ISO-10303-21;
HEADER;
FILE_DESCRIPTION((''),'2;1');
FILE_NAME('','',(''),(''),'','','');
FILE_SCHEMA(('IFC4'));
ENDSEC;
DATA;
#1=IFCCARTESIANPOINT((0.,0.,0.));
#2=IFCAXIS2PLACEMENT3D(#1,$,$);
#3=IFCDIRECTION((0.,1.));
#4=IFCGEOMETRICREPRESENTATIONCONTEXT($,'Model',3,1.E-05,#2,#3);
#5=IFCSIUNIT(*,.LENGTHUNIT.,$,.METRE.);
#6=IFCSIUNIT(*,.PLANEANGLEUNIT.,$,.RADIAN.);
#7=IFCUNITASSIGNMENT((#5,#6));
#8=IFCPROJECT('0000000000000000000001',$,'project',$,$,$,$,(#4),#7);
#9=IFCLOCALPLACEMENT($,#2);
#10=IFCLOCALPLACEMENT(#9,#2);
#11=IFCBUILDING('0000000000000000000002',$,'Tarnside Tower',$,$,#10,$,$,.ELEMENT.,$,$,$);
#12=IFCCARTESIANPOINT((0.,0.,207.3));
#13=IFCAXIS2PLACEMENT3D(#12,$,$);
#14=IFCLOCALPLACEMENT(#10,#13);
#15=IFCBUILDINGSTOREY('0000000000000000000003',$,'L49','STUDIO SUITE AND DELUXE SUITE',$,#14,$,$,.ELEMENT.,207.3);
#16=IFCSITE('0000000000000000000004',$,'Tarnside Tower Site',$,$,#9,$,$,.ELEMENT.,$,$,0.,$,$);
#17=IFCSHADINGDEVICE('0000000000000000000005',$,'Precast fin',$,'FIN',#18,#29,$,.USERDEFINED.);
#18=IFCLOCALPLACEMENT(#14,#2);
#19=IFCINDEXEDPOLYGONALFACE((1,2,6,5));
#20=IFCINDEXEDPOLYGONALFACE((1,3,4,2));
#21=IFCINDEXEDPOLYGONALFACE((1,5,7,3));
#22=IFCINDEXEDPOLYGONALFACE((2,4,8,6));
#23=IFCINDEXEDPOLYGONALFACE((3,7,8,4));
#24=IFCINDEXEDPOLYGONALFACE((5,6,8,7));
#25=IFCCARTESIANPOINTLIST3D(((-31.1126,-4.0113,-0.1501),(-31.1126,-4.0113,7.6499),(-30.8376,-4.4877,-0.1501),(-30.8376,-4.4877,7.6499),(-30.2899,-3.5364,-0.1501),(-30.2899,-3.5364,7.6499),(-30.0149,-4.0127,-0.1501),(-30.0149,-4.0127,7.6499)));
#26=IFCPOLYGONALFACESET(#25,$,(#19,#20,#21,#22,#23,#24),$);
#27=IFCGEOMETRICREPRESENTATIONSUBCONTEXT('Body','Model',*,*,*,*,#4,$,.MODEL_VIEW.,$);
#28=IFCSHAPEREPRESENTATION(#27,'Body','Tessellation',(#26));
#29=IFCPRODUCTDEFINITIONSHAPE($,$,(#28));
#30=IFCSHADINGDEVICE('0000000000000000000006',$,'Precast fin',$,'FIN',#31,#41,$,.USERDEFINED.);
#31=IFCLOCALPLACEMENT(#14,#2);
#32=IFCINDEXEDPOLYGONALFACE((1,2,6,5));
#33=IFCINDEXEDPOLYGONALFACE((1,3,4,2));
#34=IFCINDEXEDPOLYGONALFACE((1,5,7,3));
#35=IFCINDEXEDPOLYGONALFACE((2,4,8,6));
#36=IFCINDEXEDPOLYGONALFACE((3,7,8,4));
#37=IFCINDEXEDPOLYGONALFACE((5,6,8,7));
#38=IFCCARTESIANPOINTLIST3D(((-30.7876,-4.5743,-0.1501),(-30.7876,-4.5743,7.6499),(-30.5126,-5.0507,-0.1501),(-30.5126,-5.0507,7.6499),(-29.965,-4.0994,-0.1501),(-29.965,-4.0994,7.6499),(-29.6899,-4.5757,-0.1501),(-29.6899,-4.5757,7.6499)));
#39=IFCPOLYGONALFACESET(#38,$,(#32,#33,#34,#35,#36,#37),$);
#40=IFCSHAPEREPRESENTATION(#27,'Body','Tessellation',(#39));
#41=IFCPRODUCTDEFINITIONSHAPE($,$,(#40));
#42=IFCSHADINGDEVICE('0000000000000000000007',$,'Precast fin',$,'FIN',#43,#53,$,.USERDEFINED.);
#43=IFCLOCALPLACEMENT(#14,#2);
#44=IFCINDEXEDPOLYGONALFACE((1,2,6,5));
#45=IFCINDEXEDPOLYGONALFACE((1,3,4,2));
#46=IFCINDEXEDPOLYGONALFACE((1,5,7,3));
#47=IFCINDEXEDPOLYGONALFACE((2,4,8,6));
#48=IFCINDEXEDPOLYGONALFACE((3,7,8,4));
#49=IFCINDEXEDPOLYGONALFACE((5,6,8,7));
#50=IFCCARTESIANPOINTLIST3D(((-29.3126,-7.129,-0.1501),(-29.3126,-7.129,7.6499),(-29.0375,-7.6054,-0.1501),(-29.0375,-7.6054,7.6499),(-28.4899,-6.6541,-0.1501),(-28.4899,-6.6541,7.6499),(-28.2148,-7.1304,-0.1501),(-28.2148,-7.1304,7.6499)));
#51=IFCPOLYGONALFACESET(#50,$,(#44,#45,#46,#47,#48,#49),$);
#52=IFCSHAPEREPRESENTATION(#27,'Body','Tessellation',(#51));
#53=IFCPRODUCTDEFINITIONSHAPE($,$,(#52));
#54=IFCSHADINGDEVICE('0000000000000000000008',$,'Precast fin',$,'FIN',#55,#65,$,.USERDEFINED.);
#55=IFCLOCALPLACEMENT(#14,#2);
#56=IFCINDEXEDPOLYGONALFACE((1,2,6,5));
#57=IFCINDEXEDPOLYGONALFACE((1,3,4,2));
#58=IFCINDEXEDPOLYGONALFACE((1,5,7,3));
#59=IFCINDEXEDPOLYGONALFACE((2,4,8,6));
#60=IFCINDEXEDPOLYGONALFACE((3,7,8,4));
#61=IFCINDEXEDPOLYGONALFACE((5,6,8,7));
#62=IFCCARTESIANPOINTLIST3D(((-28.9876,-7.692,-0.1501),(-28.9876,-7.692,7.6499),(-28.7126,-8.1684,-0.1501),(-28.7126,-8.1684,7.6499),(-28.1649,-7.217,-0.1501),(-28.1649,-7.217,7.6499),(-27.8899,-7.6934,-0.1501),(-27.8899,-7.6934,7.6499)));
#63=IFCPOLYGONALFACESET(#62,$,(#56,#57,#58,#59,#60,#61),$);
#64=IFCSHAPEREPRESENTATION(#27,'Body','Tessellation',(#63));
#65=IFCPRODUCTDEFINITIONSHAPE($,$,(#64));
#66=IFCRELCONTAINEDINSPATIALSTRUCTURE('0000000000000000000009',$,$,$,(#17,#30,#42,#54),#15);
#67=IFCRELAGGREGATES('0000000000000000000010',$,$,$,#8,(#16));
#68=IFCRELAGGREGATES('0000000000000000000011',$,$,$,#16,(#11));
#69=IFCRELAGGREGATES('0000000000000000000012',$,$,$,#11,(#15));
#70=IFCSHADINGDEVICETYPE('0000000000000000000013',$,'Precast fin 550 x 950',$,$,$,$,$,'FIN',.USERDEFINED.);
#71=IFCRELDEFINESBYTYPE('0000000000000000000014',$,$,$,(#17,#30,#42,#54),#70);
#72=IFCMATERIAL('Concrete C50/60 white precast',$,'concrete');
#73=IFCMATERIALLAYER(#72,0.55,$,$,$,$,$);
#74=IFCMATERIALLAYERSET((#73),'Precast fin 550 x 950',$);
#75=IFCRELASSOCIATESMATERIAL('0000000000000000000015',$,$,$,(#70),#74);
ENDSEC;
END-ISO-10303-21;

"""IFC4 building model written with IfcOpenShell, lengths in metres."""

from ifc_helpers import new_model, si_unit, direction, frame, origin, place, context, subcontext, project, spatial, polyline, outline, extrude, material, layer, layer_set, type_object, element, save


model = new_model("IFC4")

# Units and contexts
model_context = context("Model", 3, precision=1e-05, world=origin(), true_north=direction((0.0, 1.0)))
body_context = subcontext(model_context, "Body", "Model", "MODEL_VIEW")
ifc_project = project(units=[si_unit("LENGTHUNIT", "METRE"), si_unit("PLANEANGLEUNIT", "RADIAN")], contexts=[model_context])

# Site, building, storey
site_placement = place(None, origin())
site = spatial("IfcSite", under=ifc_project, at=site_placement, Name="Tarnside Tower Site", CompositionType="ELEMENT", RefElevation=0.0)
building_placement = place(site_placement, origin())
building = spatial("IfcBuilding", under=site, at=building_placement, Name="Tarnside Tower", CompositionType="ELEMENT")
storey_placement = place(building_placement, frame((0.0, 0.0, 207.3)))
storey = spatial("IfcBuildingStorey", under=building, at=storey_placement, Name="L49", Description="STUDIO SUITE AND DELUXE SUITE", CompositionType="ELEMENT", Elevation=207.3)

# Shading devices
ifc_material_1 = material(Name="Concrete C50/60 white precast", Category="concrete")
ifc_layer_1 = layer(ifc_material_1, 0.55)
ifc_layer_set_1 = layer_set([ifc_layer_1], Name="Precast fin 550 x 950")
shading_device_type_1 = type_object("IfcShadingDeviceType", Name="Precast fin 550 x 950", ElementType="FIN", PredefinedType="USERDEFINED", material=ifc_layer_set_1)
for number, where, z_axis, x_axis, name in (
    (1, (-30.1523, -3.7747, -0.1501), (-0.5, 0.866025, 0.0), (-0.866025, -0.5, 0.0), "Precast fin"),
    (2, (-29.8274, -4.3376, -0.1501), (-0.5, 0.866025, 0.0), (-0.866025, -0.5, 0.0), "Precast fin"),
    (3, (-28.3523, -6.8923, -0.1501), (-0.5, 0.866025, 0.0), (-0.866025, -0.5, 0.0), "Precast fin"),
    (4, (-28.0273, -7.4553, -0.1501), (-0.5, 0.866025, 0.0), (-0.866025, -0.5, 0.0), "Precast fin"),
):
    element("IfcShadingDevice", number, at=place(storey_placement, frame(where, z_axis=z_axis, x_axis=x_axis)), inside=storey, type_object=shading_device_type_1, Name=name, ObjectType="FIN", PredefinedType="USERDEFINED", context=body_context, shape_type="SweptSolid", body=[
        extrude(outline(polyline([(0.0, 0.0), (0.95, 0.0), (0.95, 7.8), (0.0, 7.8), (0.0, 0.0)])), frame((0.0, 0.0, -0.2749)), (0.0, 0.0, 1.0), 0.55),
    ])

save(model, "model.ifc")
